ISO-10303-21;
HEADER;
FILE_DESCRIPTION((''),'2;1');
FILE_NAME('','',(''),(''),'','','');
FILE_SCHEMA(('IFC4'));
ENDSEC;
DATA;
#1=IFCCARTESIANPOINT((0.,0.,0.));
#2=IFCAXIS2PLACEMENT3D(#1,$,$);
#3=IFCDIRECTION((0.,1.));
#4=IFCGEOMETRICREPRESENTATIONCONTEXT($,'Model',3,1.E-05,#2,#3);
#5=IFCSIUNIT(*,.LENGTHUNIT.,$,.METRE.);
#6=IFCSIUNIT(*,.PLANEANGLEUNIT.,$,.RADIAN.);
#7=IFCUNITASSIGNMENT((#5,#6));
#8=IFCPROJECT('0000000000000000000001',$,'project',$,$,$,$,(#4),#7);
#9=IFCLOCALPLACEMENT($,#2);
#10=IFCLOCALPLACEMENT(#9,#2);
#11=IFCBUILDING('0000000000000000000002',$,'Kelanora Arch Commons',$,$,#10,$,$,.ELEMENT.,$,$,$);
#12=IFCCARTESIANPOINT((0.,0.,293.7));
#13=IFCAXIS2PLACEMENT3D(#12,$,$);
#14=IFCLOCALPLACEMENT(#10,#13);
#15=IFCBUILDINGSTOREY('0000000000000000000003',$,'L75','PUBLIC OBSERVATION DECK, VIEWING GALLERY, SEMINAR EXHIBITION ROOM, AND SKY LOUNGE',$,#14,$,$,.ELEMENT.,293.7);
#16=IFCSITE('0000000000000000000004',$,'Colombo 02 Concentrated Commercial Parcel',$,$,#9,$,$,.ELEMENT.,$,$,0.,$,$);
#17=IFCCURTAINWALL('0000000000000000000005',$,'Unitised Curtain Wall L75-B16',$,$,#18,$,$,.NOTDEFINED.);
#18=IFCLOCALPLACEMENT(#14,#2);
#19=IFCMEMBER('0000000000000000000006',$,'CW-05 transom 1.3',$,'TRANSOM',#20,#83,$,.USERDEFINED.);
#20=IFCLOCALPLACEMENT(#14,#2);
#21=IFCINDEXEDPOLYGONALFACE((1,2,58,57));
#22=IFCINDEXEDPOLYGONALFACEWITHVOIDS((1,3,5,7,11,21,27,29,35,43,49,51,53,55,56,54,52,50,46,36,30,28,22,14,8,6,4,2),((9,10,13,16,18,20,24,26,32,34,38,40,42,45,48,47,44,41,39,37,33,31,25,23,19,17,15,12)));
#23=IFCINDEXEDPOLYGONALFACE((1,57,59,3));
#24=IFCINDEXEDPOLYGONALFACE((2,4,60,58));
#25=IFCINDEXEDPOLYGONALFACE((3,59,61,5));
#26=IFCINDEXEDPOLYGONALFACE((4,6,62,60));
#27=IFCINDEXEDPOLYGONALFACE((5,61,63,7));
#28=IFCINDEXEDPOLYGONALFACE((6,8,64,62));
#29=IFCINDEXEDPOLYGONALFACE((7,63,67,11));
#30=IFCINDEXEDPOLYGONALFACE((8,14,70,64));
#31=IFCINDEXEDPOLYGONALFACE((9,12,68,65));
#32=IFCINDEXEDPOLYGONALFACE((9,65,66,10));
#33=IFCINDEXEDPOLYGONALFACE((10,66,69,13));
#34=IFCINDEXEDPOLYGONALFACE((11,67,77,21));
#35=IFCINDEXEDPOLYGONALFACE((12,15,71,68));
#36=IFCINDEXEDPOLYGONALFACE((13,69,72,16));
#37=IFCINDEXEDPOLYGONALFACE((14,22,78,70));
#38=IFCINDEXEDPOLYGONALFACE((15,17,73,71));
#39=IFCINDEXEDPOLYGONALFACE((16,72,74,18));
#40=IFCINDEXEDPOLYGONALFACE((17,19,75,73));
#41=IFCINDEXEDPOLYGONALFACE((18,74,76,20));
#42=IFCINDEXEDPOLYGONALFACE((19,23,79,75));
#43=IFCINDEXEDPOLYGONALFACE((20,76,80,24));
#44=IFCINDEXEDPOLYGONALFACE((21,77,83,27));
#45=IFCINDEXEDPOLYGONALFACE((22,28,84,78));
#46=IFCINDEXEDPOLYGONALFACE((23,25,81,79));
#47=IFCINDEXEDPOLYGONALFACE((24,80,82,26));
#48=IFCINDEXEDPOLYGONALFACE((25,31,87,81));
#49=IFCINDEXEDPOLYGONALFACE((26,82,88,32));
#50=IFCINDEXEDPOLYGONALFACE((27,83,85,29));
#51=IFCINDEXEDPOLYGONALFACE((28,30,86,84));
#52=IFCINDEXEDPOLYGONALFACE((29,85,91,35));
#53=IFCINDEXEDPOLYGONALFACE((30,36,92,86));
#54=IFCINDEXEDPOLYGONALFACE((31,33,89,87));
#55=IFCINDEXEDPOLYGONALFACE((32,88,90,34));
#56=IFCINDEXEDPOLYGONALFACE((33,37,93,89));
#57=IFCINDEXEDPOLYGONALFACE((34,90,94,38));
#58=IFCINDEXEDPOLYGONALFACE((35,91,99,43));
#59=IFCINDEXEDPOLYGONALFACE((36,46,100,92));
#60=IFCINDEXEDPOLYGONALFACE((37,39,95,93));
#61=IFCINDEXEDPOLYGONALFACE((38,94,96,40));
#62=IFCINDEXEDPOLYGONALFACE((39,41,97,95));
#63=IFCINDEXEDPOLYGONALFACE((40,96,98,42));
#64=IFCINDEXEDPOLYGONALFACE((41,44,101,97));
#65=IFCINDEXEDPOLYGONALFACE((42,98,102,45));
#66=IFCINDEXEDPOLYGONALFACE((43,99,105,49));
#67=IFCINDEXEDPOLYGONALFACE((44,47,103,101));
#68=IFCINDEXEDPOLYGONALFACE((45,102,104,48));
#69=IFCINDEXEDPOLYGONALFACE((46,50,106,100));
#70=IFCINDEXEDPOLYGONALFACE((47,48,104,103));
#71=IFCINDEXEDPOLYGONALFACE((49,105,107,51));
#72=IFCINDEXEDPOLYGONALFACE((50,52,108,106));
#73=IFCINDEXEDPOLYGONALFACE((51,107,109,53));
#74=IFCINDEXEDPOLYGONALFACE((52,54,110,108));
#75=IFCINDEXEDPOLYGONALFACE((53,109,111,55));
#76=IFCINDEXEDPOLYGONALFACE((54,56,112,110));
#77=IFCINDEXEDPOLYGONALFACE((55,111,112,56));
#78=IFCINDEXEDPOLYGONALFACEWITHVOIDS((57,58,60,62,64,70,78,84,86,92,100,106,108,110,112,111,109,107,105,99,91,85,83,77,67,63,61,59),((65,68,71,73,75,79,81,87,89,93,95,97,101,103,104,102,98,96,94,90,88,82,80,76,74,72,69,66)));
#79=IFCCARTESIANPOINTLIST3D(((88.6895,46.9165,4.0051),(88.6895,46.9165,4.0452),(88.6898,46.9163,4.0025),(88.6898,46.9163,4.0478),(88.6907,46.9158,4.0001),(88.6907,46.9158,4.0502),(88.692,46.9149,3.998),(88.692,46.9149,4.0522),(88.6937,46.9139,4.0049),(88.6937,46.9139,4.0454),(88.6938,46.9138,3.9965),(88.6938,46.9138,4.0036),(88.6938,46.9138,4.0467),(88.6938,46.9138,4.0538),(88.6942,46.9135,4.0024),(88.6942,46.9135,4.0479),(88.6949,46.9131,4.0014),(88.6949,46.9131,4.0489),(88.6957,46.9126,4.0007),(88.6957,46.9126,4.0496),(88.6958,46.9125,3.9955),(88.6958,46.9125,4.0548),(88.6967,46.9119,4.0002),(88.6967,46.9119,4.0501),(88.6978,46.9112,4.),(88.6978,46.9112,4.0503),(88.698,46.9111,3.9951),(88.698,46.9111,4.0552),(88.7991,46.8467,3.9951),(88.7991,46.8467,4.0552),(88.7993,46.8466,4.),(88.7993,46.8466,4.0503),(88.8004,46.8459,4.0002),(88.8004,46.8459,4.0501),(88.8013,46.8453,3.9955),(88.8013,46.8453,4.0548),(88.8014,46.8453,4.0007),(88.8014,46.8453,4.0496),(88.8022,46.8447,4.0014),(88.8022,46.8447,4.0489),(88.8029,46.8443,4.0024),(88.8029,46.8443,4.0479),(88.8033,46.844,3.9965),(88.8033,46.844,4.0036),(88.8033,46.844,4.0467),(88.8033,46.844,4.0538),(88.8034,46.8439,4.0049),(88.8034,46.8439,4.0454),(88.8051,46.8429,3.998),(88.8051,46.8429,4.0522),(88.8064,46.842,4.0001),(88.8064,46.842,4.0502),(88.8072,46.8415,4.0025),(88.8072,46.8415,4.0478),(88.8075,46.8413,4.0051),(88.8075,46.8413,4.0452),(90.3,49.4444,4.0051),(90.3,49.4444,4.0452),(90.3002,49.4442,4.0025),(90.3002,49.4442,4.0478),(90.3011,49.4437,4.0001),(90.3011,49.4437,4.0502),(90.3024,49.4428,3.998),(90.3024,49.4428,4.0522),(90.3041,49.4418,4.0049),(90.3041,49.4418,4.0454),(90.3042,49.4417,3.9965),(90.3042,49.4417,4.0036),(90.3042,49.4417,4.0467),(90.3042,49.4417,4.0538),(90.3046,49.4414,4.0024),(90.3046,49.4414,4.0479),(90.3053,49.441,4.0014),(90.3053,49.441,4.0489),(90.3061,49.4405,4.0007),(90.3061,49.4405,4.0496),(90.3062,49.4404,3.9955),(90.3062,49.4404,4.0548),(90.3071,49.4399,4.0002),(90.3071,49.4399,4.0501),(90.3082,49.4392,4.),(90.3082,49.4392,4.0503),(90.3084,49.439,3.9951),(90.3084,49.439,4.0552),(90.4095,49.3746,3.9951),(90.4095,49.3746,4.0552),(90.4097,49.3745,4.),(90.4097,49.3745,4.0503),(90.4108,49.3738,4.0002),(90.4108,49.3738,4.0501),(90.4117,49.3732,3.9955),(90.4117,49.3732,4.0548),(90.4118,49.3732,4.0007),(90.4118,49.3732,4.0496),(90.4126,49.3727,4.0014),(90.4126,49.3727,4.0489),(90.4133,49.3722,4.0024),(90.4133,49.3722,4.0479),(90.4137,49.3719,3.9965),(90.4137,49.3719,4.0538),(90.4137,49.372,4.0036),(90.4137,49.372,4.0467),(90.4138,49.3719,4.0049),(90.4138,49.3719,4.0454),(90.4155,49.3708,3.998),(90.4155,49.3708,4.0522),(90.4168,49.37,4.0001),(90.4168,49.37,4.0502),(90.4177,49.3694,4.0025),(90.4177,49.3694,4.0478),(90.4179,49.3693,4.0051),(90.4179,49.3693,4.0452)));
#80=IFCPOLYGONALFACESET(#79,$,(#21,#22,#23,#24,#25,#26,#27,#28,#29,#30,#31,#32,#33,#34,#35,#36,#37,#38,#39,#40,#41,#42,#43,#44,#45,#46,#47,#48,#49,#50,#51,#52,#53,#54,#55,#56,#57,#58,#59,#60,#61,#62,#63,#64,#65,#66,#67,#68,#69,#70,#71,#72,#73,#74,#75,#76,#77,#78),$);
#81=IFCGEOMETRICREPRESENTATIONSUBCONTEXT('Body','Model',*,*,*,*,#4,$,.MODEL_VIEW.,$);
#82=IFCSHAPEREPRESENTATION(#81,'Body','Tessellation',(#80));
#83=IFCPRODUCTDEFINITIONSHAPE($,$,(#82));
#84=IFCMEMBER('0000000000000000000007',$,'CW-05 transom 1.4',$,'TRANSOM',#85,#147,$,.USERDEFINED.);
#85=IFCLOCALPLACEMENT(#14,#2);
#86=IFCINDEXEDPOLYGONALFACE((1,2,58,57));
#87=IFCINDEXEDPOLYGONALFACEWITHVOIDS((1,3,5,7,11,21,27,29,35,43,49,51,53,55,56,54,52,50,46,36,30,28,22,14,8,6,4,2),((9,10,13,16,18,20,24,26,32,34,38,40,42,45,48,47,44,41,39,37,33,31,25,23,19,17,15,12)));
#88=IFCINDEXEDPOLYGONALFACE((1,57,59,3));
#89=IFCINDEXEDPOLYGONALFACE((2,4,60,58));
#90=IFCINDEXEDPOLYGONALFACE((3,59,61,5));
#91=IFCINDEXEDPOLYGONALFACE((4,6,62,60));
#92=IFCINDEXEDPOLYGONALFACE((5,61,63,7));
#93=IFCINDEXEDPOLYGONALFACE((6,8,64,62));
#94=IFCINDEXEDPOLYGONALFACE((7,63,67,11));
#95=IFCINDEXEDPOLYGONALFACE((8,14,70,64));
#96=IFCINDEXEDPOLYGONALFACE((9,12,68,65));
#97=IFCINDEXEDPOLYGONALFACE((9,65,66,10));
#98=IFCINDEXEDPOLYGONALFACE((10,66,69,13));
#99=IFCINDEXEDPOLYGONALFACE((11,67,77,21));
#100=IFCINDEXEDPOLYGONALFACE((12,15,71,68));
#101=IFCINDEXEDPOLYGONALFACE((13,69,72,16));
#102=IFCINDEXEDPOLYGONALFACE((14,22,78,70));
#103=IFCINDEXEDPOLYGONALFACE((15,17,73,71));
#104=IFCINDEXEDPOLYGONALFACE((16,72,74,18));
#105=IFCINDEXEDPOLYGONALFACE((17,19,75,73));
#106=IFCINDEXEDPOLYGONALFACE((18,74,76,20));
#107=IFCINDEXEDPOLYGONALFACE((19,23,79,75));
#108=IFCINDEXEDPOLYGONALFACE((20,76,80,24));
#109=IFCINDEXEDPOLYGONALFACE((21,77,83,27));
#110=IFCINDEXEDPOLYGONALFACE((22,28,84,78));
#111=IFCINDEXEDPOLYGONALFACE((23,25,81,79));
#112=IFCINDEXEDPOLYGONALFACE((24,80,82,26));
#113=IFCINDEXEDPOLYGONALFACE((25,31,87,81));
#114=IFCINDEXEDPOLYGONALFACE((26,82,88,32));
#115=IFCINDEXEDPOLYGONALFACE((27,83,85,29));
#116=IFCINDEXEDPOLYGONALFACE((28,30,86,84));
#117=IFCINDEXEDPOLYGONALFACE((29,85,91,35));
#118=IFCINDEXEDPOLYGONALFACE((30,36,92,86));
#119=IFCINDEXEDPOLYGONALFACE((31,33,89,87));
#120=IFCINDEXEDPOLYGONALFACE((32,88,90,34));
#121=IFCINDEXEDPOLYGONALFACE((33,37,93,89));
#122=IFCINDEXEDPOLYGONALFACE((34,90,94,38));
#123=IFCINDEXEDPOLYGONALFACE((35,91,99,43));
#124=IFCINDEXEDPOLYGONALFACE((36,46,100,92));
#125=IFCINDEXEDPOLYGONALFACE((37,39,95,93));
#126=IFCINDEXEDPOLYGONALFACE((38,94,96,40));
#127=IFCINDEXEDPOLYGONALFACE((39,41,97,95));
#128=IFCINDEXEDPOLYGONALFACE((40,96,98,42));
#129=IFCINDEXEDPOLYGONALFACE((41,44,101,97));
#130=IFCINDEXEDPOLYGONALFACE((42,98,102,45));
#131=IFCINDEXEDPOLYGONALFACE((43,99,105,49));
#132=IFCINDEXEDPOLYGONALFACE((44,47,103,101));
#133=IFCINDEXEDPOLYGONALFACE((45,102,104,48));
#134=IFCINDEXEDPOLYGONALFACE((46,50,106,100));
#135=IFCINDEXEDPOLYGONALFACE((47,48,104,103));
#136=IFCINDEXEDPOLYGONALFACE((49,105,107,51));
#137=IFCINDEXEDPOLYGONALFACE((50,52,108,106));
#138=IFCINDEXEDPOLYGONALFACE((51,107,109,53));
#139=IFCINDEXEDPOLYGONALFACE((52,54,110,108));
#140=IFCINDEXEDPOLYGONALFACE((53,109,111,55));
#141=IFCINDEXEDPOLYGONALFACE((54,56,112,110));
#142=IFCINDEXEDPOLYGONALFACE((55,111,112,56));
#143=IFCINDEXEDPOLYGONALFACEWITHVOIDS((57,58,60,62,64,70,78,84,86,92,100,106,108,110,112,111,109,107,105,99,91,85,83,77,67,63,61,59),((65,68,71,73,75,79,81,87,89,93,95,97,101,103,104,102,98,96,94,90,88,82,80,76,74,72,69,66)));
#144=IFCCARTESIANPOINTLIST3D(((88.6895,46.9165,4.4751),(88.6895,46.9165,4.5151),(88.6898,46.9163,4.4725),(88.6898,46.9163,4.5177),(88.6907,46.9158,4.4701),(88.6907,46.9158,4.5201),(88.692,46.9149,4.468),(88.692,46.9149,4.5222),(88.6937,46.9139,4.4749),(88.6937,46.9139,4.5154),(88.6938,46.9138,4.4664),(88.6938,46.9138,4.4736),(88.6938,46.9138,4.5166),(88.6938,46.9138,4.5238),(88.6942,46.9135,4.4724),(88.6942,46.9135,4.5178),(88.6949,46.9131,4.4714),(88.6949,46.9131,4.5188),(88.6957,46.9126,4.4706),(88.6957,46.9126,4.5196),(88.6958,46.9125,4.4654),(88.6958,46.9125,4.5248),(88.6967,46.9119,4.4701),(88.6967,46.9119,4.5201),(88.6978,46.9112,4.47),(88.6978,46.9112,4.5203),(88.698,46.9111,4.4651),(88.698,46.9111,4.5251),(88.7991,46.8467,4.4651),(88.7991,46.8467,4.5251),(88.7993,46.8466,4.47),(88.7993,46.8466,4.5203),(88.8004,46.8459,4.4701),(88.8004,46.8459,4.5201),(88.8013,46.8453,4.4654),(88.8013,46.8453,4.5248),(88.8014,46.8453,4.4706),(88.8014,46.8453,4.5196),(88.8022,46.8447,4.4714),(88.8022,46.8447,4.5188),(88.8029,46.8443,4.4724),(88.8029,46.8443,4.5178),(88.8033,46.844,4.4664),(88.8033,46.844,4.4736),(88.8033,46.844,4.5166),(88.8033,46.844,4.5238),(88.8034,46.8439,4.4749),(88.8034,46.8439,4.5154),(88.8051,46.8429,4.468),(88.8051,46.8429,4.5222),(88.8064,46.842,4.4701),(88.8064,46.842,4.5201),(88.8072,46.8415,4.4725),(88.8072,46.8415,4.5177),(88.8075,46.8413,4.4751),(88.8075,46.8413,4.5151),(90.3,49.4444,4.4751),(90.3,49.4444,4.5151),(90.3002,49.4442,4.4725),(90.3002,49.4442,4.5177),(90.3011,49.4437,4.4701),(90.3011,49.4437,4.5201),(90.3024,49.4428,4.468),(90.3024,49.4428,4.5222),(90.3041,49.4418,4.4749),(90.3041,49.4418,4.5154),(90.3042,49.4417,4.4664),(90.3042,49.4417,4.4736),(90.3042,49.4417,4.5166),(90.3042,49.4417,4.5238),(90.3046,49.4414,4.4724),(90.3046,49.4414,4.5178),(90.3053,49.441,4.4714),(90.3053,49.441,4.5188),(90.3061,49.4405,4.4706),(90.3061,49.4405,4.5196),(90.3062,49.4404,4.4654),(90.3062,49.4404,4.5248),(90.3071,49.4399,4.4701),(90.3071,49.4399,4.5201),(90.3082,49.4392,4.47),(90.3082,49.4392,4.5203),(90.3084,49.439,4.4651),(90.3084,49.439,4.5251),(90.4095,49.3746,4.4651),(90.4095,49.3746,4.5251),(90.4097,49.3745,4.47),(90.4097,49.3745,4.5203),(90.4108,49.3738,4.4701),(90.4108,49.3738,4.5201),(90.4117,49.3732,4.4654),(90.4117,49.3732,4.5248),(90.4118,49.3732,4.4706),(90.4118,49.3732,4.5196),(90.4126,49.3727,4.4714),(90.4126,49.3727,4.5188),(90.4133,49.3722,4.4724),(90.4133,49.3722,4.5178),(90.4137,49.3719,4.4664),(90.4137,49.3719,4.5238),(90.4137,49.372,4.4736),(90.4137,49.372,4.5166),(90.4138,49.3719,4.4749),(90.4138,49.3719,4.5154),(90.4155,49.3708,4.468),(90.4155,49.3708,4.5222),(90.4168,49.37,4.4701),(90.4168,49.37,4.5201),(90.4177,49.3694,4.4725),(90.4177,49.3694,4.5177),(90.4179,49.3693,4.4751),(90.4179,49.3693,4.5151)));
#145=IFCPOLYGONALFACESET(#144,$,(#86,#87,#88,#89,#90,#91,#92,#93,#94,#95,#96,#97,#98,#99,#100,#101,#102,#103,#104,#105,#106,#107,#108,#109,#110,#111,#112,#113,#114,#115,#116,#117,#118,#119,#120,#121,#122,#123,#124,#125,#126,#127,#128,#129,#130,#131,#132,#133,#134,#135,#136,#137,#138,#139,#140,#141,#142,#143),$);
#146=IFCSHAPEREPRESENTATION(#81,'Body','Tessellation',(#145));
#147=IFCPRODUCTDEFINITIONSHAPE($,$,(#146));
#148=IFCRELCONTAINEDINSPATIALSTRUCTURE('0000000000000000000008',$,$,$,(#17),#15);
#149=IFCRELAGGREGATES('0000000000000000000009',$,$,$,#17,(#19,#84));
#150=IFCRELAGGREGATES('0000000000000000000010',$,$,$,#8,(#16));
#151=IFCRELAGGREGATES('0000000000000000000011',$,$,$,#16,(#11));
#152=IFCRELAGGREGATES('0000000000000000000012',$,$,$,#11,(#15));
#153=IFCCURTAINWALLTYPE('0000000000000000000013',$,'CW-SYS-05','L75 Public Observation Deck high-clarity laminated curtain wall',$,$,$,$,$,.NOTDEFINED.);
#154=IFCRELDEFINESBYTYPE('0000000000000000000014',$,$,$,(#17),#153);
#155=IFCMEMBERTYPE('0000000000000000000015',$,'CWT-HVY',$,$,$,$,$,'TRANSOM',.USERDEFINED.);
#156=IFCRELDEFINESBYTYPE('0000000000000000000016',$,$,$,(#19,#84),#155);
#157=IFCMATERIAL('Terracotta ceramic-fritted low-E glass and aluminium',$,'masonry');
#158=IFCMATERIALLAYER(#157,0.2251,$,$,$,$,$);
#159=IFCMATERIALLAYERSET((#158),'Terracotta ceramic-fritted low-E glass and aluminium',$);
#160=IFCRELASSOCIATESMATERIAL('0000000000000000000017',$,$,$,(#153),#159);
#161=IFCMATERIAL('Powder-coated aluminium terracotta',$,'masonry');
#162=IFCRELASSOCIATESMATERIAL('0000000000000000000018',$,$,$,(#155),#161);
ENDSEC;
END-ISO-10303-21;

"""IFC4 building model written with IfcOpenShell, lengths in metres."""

from ifc_helpers import new_model, si_unit, direction, frame, origin, origin_2d, place, context, subcontext, project, spatial, hollow_rectangle, extrude, material, layer, layer_set, material_profile, profile_set, type_object, element, aggregate, save


model = new_model("IFC4")

# Units and contexts
model_context = context("Model", 3, precision=1e-05, world=origin(), true_north=direction((0.0, 1.0)))
body_context = subcontext(model_context, "Body", "Model", "MODEL_VIEW")
ifc_project = project(units=[si_unit("LENGTHUNIT", "METRE"), si_unit("PLANEANGLEUNIT", "RADIAN")], contexts=[model_context])

# Site, building, storey
site_placement = place(None, origin())
site = spatial("IfcSite", under=ifc_project, at=site_placement, Name="Colombo 02 Concentrated Commercial Parcel", CompositionType="ELEMENT", RefElevation=0.0)
building_placement = place(site_placement, origin())
building = spatial("IfcBuilding", under=site, at=building_placement, Name="Kelanora Arch Commons", CompositionType="ELEMENT")
storey_placement = place(building_placement, frame((0.0, 0.0, 293.7)))
storey = spatial("IfcBuildingStorey", under=building, at=storey_placement, Name="L75", Description="PUBLIC OBSERVATION DECK, VIEWING GALLERY, SEMINAR EXHIBITION ROOM, AND SKY LOUNGE", CompositionType="ELEMENT", Elevation=293.7)

# Curtain wall
ifc_material_1 = material(Name="Terracotta ceramic-fritted low-E glass and aluminium", Category="masonry")
ifc_layer_1 = layer(ifc_material_1, 0.2251)
ifc_layer_set_1 = layer_set([ifc_layer_1], Name="Terracotta ceramic-fritted low-E glass and aluminium")
curtain_wall_type = type_object("IfcCurtainWallType", Name="CW-SYS-05", Description="L75 Public Observation Deck high-clarity laminated curtain wall", PredefinedType="NOTDEFINED", material=ifc_layer_set_1)
ifc_material_2 = material(Name="Powder-coated aluminium terracotta", Category="masonry")
curtain_wall_1_placement = place(storey_placement, origin())
curtain_wall_1 = element("IfcCurtainWall", 1, at=curtain_wall_1_placement, inside=storey, type_object=curtain_wall_type, Name="Unitised Curtain Wall L75-B16", PredefinedType="NOTDEFINED")

# Members
ifc_material_profile_1 = material_profile(ifc_material_2, hollow_rectangle(XDim=0.1399, YDim=0.0601, WallThickness=0.0049, InnerFilletRadius=0.0049, OuterFilletRadius=0.01, at=origin_2d()), Name="CWT140x60")
ifc_profile_set_1 = profile_set([ifc_material_profile_1], Name="Powder-coated aluminium terracotta")
member_type_1 = type_object("IfcMemberType", Name="CWT-HVY", ElementType="TRANSOM", PredefinedType="USERDEFINED", material=ifc_profile_set_1)
member_1_placement = place(storey_placement, frame((88.7485, 46.8789, 4.0251), z_axis=(0.537287, 0.8434, 0.0), x_axis=(-0.8434, 0.537287, 0.0)))
member_1 = element("IfcMember", 2, at=member_1_placement, type_object=member_type_1, Name="CW-05 transom 1.3", ObjectType="TRANSOM", PredefinedType="USERDEFINED", context=body_context, shape_type="SweptSolid", body=[
    extrude(hollow_rectangle(XDim=0.1399, YDim=0.0601, WallThickness=0.0049, InnerFilletRadius=0.0049, OuterFilletRadius=0.01, at=origin_2d()), origin(), (0.0, 0.0, 1.0), 2.9973),
])
member_2_placement = place(storey_placement, frame((88.7485, 46.8789, 4.4951), z_axis=(0.537287, 0.8434, 0.0), x_axis=(-0.8434, 0.537287, 0.0)))
member_2 = element("IfcMember", 3, at=member_2_placement, type_object=member_type_1, Name="CW-05 transom 1.4", ObjectType="TRANSOM", PredefinedType="USERDEFINED", context=body_context, shape_type="SweptSolid", body=[
    extrude(hollow_rectangle(XDim=0.1399, YDim=0.0601, WallThickness=0.0049, InnerFilletRadius=0.0049, OuterFilletRadius=0.01, at=origin_2d()), origin(), (0.0, 0.0, 1.0), 2.9973),
])

aggregate(curtain_wall_1, [member_1, member_2])

save(model, "model.ifc")
